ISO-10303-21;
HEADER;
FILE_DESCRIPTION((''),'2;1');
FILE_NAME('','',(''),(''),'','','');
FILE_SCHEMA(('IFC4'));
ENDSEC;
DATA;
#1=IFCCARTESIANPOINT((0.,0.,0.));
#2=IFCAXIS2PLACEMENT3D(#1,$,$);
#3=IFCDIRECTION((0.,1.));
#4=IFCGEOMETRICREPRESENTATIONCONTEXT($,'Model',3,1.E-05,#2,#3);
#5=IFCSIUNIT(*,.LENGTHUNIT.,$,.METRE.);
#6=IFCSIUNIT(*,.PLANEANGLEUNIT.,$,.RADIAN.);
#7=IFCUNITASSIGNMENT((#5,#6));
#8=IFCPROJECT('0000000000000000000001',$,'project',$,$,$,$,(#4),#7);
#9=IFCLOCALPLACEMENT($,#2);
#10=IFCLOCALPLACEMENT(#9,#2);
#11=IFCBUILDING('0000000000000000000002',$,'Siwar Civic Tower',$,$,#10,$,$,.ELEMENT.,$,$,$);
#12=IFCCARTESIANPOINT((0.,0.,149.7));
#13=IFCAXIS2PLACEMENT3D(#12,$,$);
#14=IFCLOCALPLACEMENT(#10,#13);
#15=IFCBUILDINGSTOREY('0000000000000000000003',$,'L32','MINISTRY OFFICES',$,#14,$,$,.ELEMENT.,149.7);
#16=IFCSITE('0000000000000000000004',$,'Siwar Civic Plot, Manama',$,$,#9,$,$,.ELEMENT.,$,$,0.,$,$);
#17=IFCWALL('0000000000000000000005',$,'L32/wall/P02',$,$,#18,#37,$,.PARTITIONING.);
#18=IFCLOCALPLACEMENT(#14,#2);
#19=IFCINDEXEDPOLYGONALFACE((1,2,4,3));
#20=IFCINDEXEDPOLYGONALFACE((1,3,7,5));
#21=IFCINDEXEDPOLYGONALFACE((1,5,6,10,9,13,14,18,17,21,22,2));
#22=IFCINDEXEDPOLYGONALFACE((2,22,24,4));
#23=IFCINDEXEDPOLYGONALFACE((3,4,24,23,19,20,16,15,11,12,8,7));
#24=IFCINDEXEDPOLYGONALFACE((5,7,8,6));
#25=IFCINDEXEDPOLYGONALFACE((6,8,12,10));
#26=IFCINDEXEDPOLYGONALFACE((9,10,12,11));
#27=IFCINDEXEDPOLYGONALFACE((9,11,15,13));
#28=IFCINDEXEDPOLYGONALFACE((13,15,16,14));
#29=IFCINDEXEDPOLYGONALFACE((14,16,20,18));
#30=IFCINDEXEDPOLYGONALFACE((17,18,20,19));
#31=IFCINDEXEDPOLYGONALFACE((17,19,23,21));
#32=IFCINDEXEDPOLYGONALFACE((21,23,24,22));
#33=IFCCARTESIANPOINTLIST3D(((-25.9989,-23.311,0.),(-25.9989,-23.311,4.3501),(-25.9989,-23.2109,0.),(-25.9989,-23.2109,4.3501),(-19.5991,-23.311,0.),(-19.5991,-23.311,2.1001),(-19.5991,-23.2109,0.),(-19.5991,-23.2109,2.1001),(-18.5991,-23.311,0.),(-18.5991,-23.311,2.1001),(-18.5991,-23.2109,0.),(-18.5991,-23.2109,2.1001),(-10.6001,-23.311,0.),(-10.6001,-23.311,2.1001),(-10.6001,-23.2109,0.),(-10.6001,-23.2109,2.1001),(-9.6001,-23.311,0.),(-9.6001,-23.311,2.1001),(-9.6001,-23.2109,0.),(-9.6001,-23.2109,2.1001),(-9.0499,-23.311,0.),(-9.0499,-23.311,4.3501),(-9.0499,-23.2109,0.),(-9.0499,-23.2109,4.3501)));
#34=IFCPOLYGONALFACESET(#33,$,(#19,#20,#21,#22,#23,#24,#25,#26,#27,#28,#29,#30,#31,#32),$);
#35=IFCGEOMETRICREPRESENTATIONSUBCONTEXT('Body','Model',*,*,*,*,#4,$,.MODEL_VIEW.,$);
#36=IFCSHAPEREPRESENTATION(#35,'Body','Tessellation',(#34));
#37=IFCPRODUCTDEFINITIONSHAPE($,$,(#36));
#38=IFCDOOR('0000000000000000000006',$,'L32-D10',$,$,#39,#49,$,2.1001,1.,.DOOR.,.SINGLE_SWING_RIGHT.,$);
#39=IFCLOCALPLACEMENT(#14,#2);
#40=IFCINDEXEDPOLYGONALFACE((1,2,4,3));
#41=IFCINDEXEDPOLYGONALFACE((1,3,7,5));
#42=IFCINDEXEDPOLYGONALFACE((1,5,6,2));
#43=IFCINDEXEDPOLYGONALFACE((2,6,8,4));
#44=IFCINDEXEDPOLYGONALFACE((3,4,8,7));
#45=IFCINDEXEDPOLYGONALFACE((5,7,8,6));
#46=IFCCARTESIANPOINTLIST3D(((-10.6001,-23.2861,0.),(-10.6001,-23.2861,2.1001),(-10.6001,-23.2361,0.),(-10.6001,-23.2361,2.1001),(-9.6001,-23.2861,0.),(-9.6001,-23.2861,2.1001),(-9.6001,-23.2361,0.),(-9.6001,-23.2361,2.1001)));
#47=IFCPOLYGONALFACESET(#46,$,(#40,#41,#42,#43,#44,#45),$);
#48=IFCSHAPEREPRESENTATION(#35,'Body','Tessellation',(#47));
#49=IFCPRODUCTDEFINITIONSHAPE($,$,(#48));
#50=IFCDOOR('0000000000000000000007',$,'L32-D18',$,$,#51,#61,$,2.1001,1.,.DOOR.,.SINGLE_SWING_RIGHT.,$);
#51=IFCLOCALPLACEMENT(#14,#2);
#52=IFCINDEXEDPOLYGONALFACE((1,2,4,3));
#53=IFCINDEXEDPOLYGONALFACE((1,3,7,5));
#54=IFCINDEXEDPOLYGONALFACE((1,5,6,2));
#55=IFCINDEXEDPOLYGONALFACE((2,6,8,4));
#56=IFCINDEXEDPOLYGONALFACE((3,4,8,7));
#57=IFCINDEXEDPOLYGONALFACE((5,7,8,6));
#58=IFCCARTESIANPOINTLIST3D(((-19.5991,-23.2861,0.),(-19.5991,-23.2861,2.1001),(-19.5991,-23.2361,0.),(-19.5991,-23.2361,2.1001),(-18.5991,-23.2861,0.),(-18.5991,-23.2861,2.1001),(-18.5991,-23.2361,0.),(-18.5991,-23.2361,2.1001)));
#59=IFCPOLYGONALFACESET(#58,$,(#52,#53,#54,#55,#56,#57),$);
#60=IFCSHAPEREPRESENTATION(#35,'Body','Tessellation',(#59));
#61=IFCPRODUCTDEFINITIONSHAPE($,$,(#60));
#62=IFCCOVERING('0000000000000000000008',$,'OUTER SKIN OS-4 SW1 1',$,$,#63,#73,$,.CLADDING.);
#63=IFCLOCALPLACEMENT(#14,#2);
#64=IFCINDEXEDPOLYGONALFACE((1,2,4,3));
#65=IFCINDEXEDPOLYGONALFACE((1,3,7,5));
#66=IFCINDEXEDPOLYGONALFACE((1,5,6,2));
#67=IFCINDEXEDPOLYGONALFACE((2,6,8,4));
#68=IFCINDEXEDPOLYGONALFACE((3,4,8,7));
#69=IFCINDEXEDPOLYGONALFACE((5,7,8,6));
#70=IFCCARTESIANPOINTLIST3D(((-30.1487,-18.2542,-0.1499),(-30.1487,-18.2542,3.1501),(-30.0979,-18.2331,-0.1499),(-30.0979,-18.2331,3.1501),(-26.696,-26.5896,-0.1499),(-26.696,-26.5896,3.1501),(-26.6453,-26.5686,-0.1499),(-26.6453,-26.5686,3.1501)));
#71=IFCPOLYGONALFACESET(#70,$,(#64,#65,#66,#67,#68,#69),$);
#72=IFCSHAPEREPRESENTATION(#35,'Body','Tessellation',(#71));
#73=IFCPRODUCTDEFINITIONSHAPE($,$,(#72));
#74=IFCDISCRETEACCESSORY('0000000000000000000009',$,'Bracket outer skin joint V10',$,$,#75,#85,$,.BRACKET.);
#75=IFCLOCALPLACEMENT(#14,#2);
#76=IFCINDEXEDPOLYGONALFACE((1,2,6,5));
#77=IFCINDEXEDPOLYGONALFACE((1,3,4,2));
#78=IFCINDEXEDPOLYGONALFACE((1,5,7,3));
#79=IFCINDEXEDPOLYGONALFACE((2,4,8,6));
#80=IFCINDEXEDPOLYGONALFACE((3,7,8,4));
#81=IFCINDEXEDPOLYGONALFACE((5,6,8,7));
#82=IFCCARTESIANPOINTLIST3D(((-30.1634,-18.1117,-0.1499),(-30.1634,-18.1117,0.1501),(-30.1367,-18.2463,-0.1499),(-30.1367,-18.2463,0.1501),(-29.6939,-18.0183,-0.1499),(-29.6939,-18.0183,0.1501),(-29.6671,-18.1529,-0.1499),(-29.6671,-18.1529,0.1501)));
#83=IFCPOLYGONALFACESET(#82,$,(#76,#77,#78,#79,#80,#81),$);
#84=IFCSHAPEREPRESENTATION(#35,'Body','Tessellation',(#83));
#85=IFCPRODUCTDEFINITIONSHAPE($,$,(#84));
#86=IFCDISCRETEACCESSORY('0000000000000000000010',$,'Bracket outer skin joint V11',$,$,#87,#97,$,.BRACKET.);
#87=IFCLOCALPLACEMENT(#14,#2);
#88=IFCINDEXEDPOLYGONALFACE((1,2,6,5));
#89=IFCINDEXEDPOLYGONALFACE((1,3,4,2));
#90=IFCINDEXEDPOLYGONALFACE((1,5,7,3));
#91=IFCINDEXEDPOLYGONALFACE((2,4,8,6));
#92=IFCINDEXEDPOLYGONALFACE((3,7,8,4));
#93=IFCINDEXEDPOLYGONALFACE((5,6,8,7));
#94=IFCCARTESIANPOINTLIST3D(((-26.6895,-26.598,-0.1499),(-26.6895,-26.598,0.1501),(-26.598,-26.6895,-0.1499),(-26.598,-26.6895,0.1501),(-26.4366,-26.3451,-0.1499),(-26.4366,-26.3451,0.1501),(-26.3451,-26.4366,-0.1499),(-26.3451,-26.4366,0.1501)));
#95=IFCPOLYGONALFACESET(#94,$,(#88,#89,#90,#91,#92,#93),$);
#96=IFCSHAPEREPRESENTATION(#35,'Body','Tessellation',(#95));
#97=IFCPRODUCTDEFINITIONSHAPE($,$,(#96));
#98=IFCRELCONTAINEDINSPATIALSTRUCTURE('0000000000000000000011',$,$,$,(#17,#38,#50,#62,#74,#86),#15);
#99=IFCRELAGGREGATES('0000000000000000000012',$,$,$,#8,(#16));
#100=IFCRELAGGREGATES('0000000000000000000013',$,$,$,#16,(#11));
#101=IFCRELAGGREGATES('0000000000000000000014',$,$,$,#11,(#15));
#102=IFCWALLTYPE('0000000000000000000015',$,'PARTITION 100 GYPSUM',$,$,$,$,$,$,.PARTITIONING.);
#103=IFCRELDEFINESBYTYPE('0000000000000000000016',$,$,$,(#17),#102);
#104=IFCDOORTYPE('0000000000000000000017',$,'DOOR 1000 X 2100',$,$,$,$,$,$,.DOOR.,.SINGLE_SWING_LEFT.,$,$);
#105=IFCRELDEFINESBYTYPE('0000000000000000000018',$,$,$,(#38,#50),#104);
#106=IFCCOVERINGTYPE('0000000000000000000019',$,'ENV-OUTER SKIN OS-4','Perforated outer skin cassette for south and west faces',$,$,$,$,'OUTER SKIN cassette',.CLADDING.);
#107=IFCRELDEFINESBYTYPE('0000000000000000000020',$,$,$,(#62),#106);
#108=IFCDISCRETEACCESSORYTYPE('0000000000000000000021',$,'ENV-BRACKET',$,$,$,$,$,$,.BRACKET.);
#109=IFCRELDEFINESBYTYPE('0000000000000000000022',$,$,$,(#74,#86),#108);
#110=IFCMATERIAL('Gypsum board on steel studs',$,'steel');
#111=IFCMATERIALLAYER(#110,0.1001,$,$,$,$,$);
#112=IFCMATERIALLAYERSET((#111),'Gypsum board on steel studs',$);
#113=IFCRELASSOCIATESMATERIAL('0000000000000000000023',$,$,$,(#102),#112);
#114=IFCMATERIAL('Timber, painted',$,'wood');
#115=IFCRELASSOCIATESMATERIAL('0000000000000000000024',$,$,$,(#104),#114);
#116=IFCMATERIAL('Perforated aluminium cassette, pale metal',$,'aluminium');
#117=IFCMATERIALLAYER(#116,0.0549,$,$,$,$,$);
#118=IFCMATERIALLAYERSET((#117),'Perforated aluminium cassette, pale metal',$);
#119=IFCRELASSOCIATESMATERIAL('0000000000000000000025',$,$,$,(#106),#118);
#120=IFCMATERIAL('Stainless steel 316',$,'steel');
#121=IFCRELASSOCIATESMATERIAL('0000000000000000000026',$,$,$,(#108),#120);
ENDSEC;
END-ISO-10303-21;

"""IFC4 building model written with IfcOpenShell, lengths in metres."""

from ifc_helpers import new_model, si_unit, direction, frame, frame_2d, origin, origin_2d, place, context, subcontext, project, spatial, rectangle, extrude, material, layer, layer_set, type_object, element, fill, save


model = new_model("IFC4")

# Units and contexts
model_context = context("Model", 3, precision=1e-05, world=origin(), true_north=direction((0.0, 1.0)))
body_context = subcontext(model_context, "Body", "Model", "MODEL_VIEW")
ifc_project = project(units=[si_unit("LENGTHUNIT", "METRE"), si_unit("PLANEANGLEUNIT", "RADIAN")], contexts=[model_context])

# Site, building, storey
site_placement = place(None, origin())
site = spatial("IfcSite", under=ifc_project, at=site_placement, Name="Siwar Civic Plot, Manama", CompositionType="ELEMENT", RefElevation=0.0)
building_placement = place(site_placement, origin())
building = spatial("IfcBuilding", under=site, at=building_placement, Name="Siwar Civic Tower", CompositionType="ELEMENT")
storey_placement = place(building_placement, frame((0.0, 0.0, 149.7)))
storey = spatial("IfcBuildingStorey", under=building, at=storey_placement, Name="L32", Description="MINISTRY OFFICES", CompositionType="ELEMENT", Elevation=149.7)

# Wall, openings, doors
ifc_material_1 = material(Name="Gypsum board on steel studs", Category="steel")
ifc_layer_1 = layer(ifc_material_1, 0.1001)
ifc_layer_set_1 = layer_set([ifc_layer_1], Name="Gypsum board on steel studs")
wall_type_1 = type_object("IfcWallType", Name="PARTITION 100 GYPSUM", PredefinedType="PARTITIONING", material=ifc_layer_set_1)
wall_1_placement = place(storey_placement, frame((-25.999, -23.261, 0.0), z_axis=(0.0, 0.0, 1.0), x_axis=(1.0, 0.0, 0.0)))
wall_1 = element("IfcWall", 1, at=wall_1_placement, inside=storey, type_object=wall_type_1, Name="L32/wall/P02", PredefinedType="PARTITIONING", context=body_context, shape_type="SweptSolid", body=[
    extrude(rectangle(XDim=16.949, YDim=0.1001, at=frame_2d((8.4746, 0.0))), origin(), (0.0, 0.0, 1.0), 4.3501),
])
opening_1_placement = place(wall_1_placement, frame((15.3989, 0.0, 0.0)))
opening_1 = element("IfcOpeningElement", 2, at=opening_1_placement, cuts=wall_1, PredefinedType="OPENING", context=body_context, shape_type="SweptSolid", body=[
    extrude(rectangle(XDim=1.0, YDim=2.1001, at=frame_2d((0.5, 1.05))), frame((0.0, 0.0601, 0.0), z_axis=(0.0, -1.0, 0.0), x_axis=(1.0, 0.0, 0.0)), (0.0, 0.0, 1.0), 0.1201),
])
opening_2_placement = place(wall_1_placement, frame((6.3999, 0.0, 0.0)))
opening_2 = element("IfcOpeningElement", 3, at=opening_2_placement, cuts=wall_1, PredefinedType="OPENING", context=body_context, shape_type="SweptSolid", body=[
    extrude(rectangle(XDim=1.0, YDim=2.1001, at=frame_2d((0.5, 1.05))), frame((0.0, 0.0601, 0.0), z_axis=(0.0, -1.0, 0.0), x_axis=(1.0, 0.0, 0.0)), (0.0, 0.0, 1.0), 0.1201),
])
ifc_material_2 = material(Name="Timber, painted", Category="wood")
door_type_1 = type_object("IfcDoorType", Name="DOOR 1000 X 2100", OperationType="SINGLE_SWING_LEFT", PredefinedType="DOOR", material=ifc_material_2)
door_1_placement = place(opening_1_placement, origin())
door_1 = element("IfcDoor", 4, at=door_1_placement, inside=storey, type_object=door_type_1, Name="L32-D10", OperationType="SINGLE_SWING_RIGHT", OverallHeight=2.1001, OverallWidth=1.0, PredefinedType="DOOR", context=body_context, shape_type="SweptSolid", body=[
    extrude(rectangle(XDim=1.0, YDim=2.1001, at=frame_2d((0.5, 1.05))), frame((0.0, 0.0249, 0.0), z_axis=(0.0, -1.0, 0.0), x_axis=(1.0, 0.0, 0.0)), (0.0, 0.0, 1.0), 0.05),
])
fill(opening_1, door_1)
door_2_placement = place(opening_2_placement, origin())
door_2 = element("IfcDoor", 5, at=door_2_placement, inside=storey, type_object=door_type_1, Name="L32-D18", OperationType="SINGLE_SWING_RIGHT", OverallHeight=2.1001, OverallWidth=1.0, PredefinedType="DOOR", context=body_context, shape_type="SweptSolid", body=[
    extrude(rectangle(XDim=1.0, YDim=2.1001, at=frame_2d((0.5, 1.05))), frame((0.0, 0.0249, 0.0), z_axis=(0.0, -1.0, 0.0), x_axis=(1.0, 0.0, 0.0)), (0.0, 0.0, 1.0), 0.05),
])
fill(opening_2, door_2)

# Covering
ifc_material_3 = material(Name="Perforated aluminium cassette, pale metal", Category="aluminium")
ifc_layer_2 = layer(ifc_material_3, 0.0549)
ifc_layer_set_2 = layer_set([ifc_layer_2], Name="Perforated aluminium cassette, pale metal")
covering_type = type_object("IfcCoveringType", Name="ENV-OUTER SKIN OS-4", Description="Perforated outer skin cassette for south and west faces", ElementType="OUTER SKIN cassette", PredefinedType="CLADDING", material=ifc_layer_set_2)
covering_placement = place(storey_placement, frame((-28.397, -22.4114, -0.1499), z_axis=(0.0, 0.0, 1.0), x_axis=(0.382683, -0.92388, 0.0)))
element("IfcCovering", 6, at=covering_placement, inside=storey, type_object=covering_type, Name="OUTER SKIN OS-4 SW1 1", PredefinedType="CLADDING", context=body_context, shape_type="SweptSolid", body=[
    extrude(rectangle(XDim=9.0222, YDim=0.0549, at=origin_2d()), origin(), (0.0, 0.0, 1.0), 3.3),
])

# Discrete accessories
ifc_material_4 = material(Name="Stainless steel 316", Category="steel")
discrete_accessory_type = type_object("IfcDiscreteAccessoryType", Name="ENV-BRACKET", PredefinedType="BRACKET", material=ifc_material_4)
discrete_accessory_1_placement = place(storey_placement, frame((-29.9153, -18.1323, -0.1499), z_axis=(0.0, 0.0, 1.0), x_axis=(-0.980785, -0.19509, 0.0)))
element("IfcDiscreteAccessory", 7, at=discrete_accessory_1_placement, inside=storey, type_object=discrete_accessory_type, Name="Bracket outer skin joint V10", PredefinedType="BRACKET", context=body_context, shape_type="SweptSolid", body=[
    extrude(rectangle(XDim=0.4788, YDim=0.1372, at=origin_2d()), origin(), (0.0, 0.0, 1.0), 0.3),
])
discrete_accessory_2_placement = place(storey_placement, frame((-26.5173, -26.5173, -0.1499), z_axis=(0.0, 0.0, 1.0), x_axis=(-0.707107, -0.707107, 0.0)))
element("IfcDiscreteAccessory", 8, at=discrete_accessory_2_placement, inside=storey, type_object=discrete_accessory_type, Name="Bracket outer skin joint V11", PredefinedType="BRACKET", context=body_context, shape_type="SweptSolid", body=[
    extrude(rectangle(XDim=0.3577, YDim=0.1294, at=origin_2d()), origin(), (0.0, 0.0, 1.0), 0.3),
])

save(model, "model.ifc")
